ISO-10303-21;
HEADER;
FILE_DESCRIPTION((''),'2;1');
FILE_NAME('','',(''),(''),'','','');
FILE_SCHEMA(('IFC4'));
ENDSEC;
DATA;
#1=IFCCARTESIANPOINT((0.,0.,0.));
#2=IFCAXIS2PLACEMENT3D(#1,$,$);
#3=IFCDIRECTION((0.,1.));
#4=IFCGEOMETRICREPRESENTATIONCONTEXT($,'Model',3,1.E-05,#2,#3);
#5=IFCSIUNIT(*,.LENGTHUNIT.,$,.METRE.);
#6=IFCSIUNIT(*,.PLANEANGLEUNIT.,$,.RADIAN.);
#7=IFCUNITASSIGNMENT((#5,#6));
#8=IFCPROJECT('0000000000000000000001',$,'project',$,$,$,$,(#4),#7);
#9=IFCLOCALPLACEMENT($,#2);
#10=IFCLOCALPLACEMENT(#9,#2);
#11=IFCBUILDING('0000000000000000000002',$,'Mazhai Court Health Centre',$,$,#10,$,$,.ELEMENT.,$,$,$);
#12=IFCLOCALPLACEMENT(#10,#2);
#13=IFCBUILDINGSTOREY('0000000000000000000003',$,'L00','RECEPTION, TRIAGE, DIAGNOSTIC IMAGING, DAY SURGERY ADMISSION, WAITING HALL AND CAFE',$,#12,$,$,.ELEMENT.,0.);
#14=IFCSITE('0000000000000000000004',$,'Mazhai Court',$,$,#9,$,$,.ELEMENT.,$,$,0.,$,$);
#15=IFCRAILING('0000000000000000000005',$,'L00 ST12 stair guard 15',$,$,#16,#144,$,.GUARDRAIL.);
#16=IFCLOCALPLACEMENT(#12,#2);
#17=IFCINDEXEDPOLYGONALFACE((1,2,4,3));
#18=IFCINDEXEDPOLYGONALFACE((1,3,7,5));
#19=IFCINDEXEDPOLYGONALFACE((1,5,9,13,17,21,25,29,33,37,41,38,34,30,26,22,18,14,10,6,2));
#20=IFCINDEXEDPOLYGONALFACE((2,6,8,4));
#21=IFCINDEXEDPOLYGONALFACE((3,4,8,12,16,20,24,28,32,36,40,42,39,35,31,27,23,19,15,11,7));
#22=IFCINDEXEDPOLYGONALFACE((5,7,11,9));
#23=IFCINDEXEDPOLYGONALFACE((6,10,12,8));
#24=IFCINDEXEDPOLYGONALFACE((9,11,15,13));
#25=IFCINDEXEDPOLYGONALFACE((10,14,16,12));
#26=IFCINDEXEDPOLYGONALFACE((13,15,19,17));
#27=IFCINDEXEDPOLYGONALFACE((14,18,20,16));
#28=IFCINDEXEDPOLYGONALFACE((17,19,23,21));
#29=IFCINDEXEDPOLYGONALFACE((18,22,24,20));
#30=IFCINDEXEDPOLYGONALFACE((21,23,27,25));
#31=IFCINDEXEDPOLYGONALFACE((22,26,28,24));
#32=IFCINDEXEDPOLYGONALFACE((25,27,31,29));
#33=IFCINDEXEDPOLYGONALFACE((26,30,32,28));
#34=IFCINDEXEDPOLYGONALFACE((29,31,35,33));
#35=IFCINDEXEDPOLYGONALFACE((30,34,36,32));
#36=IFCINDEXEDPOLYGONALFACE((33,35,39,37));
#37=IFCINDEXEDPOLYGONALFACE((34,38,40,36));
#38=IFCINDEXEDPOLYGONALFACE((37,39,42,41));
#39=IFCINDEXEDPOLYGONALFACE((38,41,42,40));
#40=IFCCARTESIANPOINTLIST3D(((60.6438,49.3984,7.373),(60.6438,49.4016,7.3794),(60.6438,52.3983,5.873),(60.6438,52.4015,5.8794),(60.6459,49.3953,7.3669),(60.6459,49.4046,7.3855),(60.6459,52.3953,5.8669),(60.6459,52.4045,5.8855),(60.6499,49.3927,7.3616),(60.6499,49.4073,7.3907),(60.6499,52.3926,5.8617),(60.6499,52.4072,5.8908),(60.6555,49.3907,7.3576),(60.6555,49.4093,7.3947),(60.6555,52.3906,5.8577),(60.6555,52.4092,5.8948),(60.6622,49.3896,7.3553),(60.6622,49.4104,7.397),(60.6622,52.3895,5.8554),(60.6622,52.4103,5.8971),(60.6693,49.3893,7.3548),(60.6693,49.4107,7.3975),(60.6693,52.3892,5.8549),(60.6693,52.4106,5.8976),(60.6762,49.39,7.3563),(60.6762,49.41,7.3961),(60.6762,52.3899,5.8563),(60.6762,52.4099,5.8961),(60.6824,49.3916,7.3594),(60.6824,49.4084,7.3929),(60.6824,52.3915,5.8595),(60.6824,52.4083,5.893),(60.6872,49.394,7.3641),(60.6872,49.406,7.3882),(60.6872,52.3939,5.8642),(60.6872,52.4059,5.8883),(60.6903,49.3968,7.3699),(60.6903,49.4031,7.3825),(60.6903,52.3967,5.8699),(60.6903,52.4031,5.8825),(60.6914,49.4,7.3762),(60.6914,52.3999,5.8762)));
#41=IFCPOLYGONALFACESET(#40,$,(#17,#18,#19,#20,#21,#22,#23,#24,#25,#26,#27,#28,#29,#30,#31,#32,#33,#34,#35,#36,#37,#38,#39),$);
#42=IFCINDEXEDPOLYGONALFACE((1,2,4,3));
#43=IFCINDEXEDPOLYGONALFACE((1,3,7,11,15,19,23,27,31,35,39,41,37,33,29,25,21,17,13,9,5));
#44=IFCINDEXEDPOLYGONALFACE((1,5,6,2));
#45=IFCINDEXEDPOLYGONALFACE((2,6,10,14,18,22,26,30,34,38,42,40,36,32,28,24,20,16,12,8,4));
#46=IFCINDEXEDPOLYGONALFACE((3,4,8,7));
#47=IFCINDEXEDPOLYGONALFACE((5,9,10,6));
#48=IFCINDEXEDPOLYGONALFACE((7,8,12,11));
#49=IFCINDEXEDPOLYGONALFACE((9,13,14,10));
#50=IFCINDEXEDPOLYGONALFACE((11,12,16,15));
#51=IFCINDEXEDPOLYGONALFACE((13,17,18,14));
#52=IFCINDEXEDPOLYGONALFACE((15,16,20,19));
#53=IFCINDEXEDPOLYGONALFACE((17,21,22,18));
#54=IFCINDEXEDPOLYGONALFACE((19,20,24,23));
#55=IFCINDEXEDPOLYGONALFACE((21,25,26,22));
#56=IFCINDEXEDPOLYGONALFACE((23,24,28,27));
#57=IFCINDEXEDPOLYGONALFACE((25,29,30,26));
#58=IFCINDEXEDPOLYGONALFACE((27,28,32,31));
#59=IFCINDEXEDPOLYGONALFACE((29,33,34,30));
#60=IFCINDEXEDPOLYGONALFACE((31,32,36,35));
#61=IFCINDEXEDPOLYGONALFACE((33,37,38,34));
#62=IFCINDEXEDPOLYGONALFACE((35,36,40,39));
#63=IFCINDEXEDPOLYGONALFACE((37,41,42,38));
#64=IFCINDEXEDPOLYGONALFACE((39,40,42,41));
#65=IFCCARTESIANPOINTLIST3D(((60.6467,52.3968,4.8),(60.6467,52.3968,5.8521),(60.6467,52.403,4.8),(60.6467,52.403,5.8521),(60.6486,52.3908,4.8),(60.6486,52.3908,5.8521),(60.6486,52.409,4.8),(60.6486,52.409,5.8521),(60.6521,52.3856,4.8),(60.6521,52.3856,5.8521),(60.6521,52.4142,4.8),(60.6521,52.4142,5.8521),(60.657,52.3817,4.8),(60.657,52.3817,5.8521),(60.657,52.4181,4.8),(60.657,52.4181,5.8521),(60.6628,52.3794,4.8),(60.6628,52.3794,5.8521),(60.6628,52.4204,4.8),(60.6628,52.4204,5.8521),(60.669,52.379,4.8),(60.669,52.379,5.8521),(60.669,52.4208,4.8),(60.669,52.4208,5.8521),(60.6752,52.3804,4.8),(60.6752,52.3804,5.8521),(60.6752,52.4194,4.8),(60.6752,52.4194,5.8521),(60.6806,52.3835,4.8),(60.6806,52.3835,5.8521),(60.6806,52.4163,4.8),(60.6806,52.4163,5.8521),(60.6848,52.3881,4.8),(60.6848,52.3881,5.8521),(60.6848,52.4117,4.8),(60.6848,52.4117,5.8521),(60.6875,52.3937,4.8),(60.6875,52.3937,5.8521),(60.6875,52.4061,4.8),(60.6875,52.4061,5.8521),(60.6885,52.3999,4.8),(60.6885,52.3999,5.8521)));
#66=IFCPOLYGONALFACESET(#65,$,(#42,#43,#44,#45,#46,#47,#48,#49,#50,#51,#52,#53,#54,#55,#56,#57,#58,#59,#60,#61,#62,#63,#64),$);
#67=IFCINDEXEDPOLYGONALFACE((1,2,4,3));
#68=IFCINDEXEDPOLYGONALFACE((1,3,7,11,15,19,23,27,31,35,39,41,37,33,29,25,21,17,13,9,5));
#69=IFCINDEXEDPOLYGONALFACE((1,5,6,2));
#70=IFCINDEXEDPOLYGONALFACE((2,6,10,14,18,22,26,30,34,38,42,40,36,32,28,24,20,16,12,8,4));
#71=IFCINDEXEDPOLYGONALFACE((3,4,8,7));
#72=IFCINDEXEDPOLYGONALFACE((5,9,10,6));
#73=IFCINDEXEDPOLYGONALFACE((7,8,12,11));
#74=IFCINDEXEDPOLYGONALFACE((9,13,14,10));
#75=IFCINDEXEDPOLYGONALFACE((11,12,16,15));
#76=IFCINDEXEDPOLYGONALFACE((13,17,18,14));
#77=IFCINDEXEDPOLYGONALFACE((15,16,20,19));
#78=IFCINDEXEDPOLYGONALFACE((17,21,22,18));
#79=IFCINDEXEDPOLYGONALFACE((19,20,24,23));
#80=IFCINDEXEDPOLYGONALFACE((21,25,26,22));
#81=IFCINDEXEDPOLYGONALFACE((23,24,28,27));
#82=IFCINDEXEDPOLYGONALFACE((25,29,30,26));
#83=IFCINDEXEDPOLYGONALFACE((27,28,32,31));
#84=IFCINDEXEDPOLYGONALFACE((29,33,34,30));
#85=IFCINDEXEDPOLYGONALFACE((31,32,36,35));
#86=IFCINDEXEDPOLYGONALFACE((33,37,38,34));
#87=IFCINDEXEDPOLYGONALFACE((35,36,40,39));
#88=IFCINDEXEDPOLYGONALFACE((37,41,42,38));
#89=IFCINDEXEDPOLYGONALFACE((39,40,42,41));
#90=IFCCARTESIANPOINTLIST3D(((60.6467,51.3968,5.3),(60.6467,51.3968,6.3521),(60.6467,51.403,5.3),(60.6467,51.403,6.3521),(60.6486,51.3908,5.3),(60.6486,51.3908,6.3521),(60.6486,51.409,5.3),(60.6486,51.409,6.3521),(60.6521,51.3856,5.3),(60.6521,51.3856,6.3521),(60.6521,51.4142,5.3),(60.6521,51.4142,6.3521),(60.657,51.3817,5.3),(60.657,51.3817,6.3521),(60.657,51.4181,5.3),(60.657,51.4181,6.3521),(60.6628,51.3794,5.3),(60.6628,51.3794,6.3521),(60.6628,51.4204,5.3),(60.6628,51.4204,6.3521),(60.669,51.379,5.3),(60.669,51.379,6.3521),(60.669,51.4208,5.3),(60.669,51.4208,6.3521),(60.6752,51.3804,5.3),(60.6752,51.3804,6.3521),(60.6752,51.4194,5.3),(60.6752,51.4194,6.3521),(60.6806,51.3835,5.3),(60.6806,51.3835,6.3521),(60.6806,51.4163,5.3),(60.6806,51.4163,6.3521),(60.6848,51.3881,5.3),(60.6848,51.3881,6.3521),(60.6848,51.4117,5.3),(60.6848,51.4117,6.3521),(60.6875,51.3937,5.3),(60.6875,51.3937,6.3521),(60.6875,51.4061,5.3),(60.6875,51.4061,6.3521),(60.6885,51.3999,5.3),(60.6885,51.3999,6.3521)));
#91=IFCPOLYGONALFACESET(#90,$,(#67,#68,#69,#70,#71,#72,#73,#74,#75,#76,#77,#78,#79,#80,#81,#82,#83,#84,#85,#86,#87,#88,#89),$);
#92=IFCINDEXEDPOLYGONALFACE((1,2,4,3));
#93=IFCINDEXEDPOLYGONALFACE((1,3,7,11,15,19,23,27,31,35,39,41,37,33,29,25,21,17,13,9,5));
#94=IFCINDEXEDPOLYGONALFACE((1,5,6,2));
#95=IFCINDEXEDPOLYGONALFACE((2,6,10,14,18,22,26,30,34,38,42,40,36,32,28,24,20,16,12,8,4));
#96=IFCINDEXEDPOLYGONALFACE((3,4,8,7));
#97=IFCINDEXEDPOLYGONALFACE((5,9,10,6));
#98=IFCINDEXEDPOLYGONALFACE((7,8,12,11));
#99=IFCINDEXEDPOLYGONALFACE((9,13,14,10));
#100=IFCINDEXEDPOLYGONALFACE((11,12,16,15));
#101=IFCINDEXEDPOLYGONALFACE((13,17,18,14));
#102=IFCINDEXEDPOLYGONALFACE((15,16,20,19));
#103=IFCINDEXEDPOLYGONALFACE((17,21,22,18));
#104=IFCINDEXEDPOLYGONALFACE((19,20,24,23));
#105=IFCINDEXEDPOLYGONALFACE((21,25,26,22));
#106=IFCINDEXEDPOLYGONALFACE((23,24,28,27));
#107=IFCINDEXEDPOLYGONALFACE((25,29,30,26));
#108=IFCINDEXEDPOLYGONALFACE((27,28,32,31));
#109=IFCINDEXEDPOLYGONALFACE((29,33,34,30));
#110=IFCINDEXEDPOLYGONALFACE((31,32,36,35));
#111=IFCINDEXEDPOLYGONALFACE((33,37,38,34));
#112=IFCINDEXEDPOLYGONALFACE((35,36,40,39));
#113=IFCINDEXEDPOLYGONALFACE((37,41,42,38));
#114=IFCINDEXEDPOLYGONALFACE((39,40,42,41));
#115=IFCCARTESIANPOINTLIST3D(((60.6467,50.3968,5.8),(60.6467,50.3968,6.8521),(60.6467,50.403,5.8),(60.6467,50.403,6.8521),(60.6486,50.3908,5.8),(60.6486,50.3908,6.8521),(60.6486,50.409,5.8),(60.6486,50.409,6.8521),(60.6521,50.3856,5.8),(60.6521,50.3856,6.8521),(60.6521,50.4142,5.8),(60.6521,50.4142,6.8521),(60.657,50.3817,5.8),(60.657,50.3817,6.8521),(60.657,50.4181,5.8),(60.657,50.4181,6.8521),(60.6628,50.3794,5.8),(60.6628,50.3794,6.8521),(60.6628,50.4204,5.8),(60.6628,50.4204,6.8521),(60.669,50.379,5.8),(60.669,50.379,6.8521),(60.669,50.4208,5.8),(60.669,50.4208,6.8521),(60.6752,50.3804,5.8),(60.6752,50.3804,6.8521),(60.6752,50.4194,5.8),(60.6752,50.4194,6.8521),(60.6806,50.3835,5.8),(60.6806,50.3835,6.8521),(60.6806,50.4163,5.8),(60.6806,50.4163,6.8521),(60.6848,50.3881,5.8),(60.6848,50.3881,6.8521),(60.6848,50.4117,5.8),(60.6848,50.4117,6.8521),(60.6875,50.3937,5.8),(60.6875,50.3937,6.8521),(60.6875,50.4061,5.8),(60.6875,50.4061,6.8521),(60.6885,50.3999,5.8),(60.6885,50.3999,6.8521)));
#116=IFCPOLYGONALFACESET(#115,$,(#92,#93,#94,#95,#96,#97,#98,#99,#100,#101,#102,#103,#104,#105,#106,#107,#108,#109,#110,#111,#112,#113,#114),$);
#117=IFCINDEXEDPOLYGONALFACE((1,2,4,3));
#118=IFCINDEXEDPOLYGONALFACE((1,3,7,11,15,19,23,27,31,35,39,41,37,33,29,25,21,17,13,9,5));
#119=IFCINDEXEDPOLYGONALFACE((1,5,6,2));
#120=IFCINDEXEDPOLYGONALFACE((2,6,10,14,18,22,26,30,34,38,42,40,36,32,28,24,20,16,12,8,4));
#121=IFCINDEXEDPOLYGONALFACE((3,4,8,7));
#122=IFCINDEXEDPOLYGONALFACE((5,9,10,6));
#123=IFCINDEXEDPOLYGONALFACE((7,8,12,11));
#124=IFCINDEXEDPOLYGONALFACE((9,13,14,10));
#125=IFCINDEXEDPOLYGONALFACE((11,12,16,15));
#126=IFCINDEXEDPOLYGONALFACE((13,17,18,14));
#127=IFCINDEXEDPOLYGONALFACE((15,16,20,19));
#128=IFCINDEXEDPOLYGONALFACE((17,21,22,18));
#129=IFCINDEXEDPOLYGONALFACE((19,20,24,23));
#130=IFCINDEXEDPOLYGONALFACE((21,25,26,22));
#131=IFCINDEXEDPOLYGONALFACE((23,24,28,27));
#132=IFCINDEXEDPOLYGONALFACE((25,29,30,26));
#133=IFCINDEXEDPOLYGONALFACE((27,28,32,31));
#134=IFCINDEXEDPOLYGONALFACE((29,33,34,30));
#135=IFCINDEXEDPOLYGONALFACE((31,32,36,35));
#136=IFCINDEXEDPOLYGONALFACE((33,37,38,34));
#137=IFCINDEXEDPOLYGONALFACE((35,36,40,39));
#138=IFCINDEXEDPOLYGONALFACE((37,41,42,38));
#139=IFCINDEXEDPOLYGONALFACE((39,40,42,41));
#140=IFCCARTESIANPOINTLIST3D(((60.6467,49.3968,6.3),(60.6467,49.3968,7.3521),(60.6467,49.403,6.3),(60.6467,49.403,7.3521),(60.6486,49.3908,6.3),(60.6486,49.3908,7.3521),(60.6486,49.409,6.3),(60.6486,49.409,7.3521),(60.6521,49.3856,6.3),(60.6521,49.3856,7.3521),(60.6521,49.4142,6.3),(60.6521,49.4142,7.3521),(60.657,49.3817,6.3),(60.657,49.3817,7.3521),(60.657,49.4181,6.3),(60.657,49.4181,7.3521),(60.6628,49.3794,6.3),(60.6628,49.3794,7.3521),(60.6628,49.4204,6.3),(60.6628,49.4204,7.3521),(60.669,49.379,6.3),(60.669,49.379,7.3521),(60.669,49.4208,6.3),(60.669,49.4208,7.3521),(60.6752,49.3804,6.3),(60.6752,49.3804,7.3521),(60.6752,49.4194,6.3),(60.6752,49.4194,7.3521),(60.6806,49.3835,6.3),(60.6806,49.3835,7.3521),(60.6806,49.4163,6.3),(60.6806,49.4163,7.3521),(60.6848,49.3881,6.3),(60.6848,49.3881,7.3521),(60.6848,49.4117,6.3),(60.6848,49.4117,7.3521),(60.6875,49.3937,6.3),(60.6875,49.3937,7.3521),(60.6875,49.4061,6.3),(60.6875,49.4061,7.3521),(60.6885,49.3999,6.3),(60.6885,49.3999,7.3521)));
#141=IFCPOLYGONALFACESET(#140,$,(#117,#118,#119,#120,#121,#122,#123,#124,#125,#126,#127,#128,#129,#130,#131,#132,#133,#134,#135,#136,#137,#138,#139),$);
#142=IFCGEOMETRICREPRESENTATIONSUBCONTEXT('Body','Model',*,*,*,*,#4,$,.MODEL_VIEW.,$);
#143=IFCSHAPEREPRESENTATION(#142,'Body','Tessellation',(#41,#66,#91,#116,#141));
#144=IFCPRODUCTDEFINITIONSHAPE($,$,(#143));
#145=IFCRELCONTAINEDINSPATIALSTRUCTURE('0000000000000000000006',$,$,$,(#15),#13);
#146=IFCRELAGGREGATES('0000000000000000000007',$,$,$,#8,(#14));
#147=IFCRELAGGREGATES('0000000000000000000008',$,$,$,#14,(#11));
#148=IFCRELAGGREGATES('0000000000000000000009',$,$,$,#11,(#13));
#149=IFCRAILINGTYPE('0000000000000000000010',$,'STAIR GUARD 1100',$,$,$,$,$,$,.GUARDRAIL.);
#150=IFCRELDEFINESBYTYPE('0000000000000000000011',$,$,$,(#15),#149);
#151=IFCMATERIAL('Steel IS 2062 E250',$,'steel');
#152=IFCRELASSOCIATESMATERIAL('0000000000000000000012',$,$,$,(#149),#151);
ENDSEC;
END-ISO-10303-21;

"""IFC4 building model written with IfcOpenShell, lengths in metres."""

from ifc_helpers import new_model, si_unit, direction, frame, origin, origin_2d, place, context, subcontext, project, spatial, circle, extrude, material, type_object, element, save


model = new_model("IFC4")

# Units and contexts
model_context = context("Model", 3, precision=1e-05, world=origin(), true_north=direction((0.0, 1.0)))
body_context = subcontext(model_context, "Body", "Model", "MODEL_VIEW")
ifc_project = project(units=[si_unit("LENGTHUNIT", "METRE"), si_unit("PLANEANGLEUNIT", "RADIAN")], contexts=[model_context])

# Site, building, storey
site_placement = place(None, origin())
site = spatial("IfcSite", under=ifc_project, at=site_placement, Name="Mazhai Court", CompositionType="ELEMENT", RefElevation=0.0)
building_placement = place(site_placement, origin())
building = spatial("IfcBuilding", under=site, at=building_placement, Name="Mazhai Court Health Centre", CompositionType="ELEMENT")
storey_placement = place(building_placement, origin())
storey = spatial("IfcBuildingStorey", under=building, at=storey_placement, Name="L00", Description="RECEPTION, TRIAGE, DIAGNOSTIC IMAGING, DAY SURGERY ADMISSION, WAITING HALL AND CAFE", CompositionType="ELEMENT", Elevation=0.0)

# Railing
ifc_material_1 = material(Name="Steel IS 2062 E250", Category="steel")
railing_type_1 = type_object("IfcRailingType", Name="STAIR GUARD 1100", PredefinedType="GUARDRAIL", material=ifc_material_1)
railing_1_placement = place(storey_placement, frame((60.6675, 52.3999, 4.8)))
element("IfcRailing", 1, at=railing_1_placement, inside=storey, type_object=railing_type_1, Name="L00 ST12 stair guard 15", PredefinedType="GUARDRAIL", context=body_context, shape_type="SweptSolid", body=[
    extrude(circle(Radius=0.0239, at=origin_2d()), frame((0.0, 0.0, 1.0762), z_axis=(0.0, -0.894427, 0.447214), x_axis=(1.0, 0.0, 0.0)), (0.0, 0.0, 1.0), 3.354),
    extrude(circle(Radius=0.021, at=origin_2d()), origin(), (0.0, 0.0, 1.0), 1.052),
    extrude(circle(Radius=0.021, at=origin_2d()), frame((0.0, -1.0, 0.5)), (0.0, 0.0, 1.0), 1.052),
    extrude(circle(Radius=0.021, at=origin_2d()), frame((0.0, -2.0, 1.0)), (0.0, 0.0, 1.0), 1.052),
    extrude(circle(Radius=0.021, at=origin_2d()), frame((0.0, -3.0, 1.5)), (0.0, 0.0, 1.0), 1.052),
])

save(model, "model.ifc")
